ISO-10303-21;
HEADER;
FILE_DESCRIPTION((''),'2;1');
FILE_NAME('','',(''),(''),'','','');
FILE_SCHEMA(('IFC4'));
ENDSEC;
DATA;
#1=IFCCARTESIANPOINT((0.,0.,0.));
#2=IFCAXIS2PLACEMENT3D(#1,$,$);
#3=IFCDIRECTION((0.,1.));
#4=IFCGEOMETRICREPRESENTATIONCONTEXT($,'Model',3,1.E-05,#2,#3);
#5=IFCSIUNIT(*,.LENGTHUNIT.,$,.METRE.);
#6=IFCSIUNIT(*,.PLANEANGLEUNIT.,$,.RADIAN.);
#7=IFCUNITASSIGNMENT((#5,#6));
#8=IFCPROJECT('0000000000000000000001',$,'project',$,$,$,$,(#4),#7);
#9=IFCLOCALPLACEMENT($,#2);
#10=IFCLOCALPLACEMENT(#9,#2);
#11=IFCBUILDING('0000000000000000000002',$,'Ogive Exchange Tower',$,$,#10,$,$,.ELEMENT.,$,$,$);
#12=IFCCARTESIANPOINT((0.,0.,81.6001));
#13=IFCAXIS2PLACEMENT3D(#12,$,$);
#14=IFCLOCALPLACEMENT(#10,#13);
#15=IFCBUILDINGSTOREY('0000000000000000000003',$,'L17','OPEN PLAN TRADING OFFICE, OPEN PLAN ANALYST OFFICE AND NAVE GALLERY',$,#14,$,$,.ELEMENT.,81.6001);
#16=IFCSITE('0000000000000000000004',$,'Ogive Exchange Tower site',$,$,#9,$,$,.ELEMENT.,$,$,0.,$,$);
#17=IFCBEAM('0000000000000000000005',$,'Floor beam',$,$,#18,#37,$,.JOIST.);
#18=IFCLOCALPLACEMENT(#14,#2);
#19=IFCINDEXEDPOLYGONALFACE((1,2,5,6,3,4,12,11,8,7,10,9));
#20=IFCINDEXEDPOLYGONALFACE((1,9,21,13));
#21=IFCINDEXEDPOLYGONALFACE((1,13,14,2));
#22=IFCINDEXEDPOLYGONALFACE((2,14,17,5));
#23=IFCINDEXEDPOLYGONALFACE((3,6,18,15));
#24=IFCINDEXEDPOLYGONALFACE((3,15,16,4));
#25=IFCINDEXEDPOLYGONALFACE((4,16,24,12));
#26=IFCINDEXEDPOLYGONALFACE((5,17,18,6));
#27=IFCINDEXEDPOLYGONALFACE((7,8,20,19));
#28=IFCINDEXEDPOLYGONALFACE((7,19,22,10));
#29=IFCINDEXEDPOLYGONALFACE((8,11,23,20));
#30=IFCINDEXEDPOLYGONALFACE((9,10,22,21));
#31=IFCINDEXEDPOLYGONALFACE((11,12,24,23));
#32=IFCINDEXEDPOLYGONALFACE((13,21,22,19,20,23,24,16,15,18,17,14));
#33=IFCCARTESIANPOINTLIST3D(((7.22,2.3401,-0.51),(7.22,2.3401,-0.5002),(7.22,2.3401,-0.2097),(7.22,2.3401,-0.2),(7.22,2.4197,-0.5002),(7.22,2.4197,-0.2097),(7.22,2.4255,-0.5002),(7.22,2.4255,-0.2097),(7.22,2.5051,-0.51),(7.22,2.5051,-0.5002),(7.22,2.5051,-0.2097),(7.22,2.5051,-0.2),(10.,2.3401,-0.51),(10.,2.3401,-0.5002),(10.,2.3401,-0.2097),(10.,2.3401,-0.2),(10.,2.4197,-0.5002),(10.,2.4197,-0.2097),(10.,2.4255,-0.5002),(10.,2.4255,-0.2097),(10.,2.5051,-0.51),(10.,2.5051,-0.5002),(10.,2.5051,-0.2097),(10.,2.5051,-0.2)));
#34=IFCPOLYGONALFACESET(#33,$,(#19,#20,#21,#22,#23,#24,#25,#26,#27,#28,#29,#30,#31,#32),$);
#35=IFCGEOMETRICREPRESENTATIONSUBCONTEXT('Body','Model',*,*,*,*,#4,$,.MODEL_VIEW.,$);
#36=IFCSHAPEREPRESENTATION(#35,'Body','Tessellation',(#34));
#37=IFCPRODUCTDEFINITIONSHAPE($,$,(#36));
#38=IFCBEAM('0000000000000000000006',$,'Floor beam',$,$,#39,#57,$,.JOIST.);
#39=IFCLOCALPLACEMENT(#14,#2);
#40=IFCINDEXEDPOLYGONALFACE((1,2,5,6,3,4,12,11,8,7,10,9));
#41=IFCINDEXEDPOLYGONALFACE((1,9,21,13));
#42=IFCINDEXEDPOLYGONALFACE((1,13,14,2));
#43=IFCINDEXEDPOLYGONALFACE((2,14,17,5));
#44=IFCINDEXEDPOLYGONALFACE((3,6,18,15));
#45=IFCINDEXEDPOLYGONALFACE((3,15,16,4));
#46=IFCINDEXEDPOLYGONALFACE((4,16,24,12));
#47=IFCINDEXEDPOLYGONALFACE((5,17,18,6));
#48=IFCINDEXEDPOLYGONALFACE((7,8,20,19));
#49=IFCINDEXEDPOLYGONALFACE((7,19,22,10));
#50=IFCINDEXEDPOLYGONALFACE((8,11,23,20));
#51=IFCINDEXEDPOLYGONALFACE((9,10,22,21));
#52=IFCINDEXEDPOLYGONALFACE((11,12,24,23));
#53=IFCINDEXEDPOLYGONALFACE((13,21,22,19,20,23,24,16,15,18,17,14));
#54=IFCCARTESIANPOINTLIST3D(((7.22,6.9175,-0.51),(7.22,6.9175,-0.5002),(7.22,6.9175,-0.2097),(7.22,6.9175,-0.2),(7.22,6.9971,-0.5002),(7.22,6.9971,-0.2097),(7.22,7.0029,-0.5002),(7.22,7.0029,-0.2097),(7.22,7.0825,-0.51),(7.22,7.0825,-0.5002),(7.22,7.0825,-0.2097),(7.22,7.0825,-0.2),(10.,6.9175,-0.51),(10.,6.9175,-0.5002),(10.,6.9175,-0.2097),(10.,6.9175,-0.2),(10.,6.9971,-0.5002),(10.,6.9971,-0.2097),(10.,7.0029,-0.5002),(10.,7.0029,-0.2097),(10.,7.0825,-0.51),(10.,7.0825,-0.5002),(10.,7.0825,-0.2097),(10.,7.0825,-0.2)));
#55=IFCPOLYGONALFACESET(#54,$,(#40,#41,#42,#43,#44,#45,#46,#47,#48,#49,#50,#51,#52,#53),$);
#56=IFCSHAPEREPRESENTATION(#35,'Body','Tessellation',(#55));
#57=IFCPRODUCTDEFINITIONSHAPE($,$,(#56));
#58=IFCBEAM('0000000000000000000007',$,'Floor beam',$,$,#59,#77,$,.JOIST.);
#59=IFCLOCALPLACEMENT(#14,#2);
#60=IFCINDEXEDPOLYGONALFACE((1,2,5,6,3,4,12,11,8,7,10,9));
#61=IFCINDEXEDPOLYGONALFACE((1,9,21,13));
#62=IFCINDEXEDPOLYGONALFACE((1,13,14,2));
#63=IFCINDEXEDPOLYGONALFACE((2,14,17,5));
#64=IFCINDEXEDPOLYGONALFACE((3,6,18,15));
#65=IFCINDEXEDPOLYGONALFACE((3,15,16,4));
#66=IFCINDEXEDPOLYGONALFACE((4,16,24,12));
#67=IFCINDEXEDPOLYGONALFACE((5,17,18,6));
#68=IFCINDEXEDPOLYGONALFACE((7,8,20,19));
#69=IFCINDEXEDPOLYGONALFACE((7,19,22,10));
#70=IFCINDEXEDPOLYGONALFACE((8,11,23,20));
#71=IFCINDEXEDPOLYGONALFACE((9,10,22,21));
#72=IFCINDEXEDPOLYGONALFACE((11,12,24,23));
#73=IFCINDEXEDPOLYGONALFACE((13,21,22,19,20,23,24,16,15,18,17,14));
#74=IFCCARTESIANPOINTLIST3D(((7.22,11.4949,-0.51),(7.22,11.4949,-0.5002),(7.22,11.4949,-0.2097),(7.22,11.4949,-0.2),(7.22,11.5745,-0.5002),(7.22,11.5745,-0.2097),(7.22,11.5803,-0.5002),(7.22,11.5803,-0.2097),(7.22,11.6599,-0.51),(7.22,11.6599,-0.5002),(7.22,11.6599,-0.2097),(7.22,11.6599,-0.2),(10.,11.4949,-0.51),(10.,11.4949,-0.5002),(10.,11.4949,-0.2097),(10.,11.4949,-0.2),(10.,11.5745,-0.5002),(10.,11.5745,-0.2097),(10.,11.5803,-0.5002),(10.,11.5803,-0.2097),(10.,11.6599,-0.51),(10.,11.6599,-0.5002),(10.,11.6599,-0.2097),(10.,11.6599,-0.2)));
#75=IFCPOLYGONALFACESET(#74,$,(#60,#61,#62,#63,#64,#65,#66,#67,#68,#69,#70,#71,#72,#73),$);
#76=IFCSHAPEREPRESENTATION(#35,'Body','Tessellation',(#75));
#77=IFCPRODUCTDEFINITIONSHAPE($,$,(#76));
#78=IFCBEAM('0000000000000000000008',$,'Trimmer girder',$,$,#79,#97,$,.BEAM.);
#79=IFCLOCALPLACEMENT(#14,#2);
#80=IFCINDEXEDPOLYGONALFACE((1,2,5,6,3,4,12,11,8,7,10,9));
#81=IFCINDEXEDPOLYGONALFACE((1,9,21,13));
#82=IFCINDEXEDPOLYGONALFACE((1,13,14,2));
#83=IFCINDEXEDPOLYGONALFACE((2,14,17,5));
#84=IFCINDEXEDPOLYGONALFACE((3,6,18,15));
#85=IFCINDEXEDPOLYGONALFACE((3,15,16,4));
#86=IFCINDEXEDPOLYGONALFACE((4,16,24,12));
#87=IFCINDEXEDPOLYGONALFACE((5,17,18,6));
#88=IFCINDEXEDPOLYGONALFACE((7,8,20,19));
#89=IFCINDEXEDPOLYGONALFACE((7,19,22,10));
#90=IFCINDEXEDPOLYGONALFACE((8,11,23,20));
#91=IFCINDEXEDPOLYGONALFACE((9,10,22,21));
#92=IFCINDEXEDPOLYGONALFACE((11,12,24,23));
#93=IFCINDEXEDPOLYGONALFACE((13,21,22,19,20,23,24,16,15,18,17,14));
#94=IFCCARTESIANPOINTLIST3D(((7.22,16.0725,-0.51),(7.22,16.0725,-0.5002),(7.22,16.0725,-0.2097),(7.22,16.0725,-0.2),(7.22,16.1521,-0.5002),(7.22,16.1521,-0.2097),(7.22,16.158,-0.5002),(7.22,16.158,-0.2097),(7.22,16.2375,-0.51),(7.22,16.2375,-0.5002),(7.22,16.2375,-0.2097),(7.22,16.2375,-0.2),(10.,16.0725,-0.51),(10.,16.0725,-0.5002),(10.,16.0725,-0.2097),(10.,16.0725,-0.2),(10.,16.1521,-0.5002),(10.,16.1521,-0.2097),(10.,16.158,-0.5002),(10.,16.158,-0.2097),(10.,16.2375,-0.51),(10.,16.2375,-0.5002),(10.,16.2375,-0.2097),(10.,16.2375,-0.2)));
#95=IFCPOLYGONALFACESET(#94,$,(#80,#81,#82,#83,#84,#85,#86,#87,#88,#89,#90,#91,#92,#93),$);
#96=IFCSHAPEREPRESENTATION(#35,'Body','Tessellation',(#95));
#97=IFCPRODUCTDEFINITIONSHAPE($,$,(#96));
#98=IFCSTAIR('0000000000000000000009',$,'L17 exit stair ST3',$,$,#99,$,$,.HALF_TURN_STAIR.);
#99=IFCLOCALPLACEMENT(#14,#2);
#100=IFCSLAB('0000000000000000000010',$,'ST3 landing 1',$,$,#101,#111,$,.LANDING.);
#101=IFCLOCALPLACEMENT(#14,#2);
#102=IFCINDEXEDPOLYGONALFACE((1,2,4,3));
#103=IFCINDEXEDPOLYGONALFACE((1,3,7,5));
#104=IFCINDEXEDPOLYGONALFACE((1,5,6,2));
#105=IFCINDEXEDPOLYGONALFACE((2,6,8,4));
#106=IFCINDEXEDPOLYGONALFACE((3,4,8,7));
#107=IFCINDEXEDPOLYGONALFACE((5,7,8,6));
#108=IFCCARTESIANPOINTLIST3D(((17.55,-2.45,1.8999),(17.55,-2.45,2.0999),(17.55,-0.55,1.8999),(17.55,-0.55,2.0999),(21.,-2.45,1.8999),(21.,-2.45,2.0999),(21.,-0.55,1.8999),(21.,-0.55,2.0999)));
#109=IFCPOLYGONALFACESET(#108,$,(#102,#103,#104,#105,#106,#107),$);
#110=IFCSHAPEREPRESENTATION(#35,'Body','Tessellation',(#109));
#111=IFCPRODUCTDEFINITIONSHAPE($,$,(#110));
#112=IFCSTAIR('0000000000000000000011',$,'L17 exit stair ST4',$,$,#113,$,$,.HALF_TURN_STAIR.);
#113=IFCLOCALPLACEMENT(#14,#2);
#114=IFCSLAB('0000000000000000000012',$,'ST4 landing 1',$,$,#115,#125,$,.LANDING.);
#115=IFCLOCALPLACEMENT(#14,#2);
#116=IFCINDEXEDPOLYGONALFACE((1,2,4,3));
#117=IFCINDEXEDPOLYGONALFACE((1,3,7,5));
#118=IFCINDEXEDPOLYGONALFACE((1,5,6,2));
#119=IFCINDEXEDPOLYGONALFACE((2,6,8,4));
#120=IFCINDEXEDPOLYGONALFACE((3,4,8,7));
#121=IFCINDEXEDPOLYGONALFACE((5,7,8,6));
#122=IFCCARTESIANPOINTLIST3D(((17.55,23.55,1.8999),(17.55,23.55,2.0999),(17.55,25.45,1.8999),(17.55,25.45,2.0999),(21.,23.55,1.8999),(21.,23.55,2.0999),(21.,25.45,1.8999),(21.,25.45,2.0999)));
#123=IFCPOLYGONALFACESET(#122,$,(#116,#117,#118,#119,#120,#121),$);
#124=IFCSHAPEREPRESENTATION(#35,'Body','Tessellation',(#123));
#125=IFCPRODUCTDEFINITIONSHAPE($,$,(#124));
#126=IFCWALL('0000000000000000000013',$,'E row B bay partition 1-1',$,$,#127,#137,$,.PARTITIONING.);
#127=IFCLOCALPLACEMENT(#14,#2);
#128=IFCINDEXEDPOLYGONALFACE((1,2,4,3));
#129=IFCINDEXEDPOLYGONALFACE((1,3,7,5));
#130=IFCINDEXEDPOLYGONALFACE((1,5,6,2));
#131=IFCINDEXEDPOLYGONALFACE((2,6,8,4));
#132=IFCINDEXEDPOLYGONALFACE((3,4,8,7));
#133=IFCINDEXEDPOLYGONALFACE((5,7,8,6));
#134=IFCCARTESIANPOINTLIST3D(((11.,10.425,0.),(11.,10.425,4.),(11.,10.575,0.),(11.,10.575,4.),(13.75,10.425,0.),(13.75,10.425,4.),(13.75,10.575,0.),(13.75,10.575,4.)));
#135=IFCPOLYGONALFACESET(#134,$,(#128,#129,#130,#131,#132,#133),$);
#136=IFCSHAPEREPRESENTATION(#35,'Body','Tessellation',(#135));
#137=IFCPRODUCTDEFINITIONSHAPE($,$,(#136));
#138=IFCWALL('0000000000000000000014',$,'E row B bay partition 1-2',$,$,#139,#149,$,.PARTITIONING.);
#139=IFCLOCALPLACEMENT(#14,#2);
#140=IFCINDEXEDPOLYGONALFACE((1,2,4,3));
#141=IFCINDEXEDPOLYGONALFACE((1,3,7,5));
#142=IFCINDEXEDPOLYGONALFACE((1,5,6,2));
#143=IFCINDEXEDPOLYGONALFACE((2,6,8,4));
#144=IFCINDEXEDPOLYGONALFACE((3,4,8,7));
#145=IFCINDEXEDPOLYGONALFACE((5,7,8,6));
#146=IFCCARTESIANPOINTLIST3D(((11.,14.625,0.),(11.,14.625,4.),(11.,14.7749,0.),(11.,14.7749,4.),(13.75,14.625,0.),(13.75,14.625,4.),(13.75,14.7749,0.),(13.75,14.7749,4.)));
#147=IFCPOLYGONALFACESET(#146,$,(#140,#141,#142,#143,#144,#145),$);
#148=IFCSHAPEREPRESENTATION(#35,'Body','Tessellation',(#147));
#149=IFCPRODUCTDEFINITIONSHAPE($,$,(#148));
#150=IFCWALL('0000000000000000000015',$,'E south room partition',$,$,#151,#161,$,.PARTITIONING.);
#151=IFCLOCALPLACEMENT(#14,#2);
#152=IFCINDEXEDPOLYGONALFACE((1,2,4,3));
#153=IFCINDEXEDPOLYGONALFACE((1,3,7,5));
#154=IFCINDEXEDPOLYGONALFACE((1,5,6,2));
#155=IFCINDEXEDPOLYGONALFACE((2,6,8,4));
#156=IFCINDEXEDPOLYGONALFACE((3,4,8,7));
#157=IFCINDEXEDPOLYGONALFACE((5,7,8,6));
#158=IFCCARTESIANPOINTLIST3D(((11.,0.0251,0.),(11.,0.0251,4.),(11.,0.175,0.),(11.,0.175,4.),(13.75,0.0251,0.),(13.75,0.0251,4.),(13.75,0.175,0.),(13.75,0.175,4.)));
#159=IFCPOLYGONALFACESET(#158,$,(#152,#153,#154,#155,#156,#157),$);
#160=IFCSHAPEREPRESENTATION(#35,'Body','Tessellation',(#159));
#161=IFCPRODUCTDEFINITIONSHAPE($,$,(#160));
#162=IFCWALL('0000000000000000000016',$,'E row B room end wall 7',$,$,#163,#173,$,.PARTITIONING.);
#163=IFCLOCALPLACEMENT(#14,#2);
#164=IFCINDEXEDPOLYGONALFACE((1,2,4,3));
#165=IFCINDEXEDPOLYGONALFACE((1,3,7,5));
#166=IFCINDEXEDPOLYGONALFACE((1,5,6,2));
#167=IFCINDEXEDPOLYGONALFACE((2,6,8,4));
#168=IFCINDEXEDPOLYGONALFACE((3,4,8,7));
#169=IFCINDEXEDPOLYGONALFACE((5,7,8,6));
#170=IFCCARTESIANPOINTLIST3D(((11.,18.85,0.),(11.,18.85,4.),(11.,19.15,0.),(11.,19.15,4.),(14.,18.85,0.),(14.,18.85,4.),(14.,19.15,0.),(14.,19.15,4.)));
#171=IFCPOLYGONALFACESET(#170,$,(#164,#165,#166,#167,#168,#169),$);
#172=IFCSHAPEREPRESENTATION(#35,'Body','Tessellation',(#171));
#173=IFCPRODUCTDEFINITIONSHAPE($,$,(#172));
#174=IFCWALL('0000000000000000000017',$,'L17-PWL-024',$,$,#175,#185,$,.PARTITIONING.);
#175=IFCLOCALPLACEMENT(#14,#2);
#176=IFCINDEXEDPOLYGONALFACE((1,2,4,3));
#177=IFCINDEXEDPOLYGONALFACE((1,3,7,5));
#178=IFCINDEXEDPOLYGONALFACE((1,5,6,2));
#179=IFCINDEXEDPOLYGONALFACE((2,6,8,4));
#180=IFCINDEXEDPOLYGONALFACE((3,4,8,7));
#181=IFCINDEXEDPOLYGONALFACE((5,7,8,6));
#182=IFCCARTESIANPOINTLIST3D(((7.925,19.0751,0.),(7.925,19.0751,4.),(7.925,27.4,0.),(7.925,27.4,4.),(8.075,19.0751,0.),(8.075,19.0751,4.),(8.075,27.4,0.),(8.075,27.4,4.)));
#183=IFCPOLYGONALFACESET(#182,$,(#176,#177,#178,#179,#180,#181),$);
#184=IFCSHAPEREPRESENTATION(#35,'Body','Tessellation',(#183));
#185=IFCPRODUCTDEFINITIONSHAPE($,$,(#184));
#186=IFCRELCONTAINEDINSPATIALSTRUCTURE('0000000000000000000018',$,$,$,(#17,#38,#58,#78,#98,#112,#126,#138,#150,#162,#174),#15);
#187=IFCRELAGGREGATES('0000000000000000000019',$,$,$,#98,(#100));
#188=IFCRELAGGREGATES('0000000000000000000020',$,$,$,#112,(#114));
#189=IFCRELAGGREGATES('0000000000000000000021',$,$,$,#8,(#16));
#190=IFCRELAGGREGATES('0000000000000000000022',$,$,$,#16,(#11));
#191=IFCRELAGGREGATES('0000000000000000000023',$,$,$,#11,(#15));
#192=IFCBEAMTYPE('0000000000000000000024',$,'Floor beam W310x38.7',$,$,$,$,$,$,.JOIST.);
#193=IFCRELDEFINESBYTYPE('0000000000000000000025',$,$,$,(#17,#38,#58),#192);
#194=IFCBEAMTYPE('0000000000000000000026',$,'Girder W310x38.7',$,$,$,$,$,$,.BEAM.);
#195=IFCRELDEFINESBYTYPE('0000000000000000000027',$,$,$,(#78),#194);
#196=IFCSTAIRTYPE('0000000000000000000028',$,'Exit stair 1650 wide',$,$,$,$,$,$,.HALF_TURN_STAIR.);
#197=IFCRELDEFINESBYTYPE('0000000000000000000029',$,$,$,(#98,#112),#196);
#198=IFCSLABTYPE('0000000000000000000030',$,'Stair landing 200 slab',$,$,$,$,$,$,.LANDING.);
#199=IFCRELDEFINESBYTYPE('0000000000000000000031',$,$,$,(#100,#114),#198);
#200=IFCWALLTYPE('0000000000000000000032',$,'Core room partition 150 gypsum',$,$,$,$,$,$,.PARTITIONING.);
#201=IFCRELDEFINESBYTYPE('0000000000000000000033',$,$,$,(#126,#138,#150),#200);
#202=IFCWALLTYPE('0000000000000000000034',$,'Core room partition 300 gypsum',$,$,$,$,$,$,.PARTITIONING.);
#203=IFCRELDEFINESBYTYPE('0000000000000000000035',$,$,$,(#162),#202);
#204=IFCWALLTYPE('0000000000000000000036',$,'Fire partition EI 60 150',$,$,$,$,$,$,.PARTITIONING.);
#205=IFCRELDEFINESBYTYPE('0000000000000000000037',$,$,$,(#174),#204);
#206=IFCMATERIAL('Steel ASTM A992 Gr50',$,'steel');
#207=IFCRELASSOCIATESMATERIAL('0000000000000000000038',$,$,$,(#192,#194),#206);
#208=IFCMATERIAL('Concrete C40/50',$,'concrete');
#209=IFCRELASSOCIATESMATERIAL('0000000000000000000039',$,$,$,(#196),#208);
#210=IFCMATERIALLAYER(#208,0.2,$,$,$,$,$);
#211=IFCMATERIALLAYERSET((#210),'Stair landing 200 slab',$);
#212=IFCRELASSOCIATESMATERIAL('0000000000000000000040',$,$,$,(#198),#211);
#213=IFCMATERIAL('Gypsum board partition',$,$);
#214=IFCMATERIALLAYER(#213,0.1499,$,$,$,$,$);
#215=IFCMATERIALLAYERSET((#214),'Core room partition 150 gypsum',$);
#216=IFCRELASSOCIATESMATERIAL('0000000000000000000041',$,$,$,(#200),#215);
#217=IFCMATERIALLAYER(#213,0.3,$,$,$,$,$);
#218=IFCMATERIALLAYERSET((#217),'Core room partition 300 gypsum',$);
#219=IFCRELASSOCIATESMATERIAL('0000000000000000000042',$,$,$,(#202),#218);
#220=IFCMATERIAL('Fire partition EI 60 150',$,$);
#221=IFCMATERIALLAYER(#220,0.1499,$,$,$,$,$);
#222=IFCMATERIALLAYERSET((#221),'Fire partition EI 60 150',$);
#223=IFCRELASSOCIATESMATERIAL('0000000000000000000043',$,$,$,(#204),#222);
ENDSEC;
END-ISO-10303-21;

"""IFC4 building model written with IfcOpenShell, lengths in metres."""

from ifc_helpers import new_model, si_unit, direction, frame, frame_2d, origin, origin_2d, place, context, subcontext, project, spatial, polyline, rectangle, i_section, outline, extrude, material, layer, layer_set, material_profile, profile_set, type_object, element, aggregate, save


model = new_model("IFC4")

# Units and contexts
model_context = context("Model", 3, precision=1e-05, world=origin(), true_north=direction((0.0, 1.0)))
body_context = subcontext(model_context, "Body", "Model", "MODEL_VIEW")
ifc_project = project(units=[si_unit("LENGTHUNIT", "METRE"), si_unit("PLANEANGLEUNIT", "RADIAN")], contexts=[model_context])

# Site, building, storey
site_placement = place(None, origin())
site = spatial("IfcSite", under=ifc_project, at=site_placement, Name="Ogive Exchange Tower site", CompositionType="ELEMENT", RefElevation=0.0)
building_placement = place(site_placement, origin())
building = spatial("IfcBuilding", under=site, at=building_placement, Name="Ogive Exchange Tower", CompositionType="ELEMENT")
storey_placement = place(building_placement, frame((0.0, 0.0, 81.6001)))
storey = spatial("IfcBuildingStorey", under=building, at=storey_placement, Name="L17", Description="OPEN PLAN TRADING OFFICE, OPEN PLAN ANALYST OFFICE AND NAVE GALLERY", CompositionType="ELEMENT", Elevation=81.6001)

# Beams
ifc_material_1 = material(Name="Steel ASTM A992 Gr50", Category="steel")
ifc_material_profile_1 = material_profile(ifc_material_1, i_section(OverallWidth=0.165, OverallDepth=0.3101, WebThickness=0.0059, FlangeThickness=0.0098, at=origin_2d()), Name="W310x38.7")
ifc_profile_set_1 = profile_set([ifc_material_profile_1], Name="Steel ASTM A992 Gr50")
beam_type_1 = type_object("IfcBeamType", Name="Floor beam W310x38.7", PredefinedType="JOIST", material=ifc_profile_set_1)
for number, where, z_axis, x_axis, name in (
    (1, (7.22, 2.4226, -0.355), (1.0, 0.0, 0.0), (0.0, 1.0, 0.0), "Floor beam"),
    (2, (7.22, 7.0, -0.355), (1.0, 0.0, 0.0), (0.0, 1.0, 0.0), "Floor beam"),
    (3, (7.22, 11.5774, -0.355), (1.0, 0.0, 0.0), (0.0, 1.0, 0.0), "Floor beam"),
):
    element("IfcBeam", number, at=place(storey_placement, frame(where, z_axis=z_axis, x_axis=x_axis)), inside=storey, type_object=beam_type_1, Name=name, PredefinedType="JOIST", context=body_context, shape_type="SweptSolid", body=[
        extrude(i_section(OverallWidth=0.165, OverallDepth=0.3101, WebThickness=0.0059, FlangeThickness=0.0098, at=origin_2d()), origin(), (0.0, 0.0, 1.0), 2.78),
    ])
ifc_material_profile_2 = material_profile(ifc_material_1, i_section(OverallWidth=0.165, OverallDepth=0.3101, WebThickness=0.0059, FlangeThickness=0.0098, at=origin_2d()), Name="W310x38.7")
ifc_profile_set_2 = profile_set([ifc_material_profile_2], Name="Steel ASTM A992 Gr50")
beam_type_2 = type_object("IfcBeamType", Name="Girder W310x38.7", PredefinedType="BEAM", material=ifc_profile_set_2)
beam_placement = place(storey_placement, frame((7.22, 16.155, -0.355), z_axis=(1.0, 0.0, 0.0), x_axis=(0.0, 1.0, 0.0)))
element("IfcBeam", 4, at=beam_placement, inside=storey, type_object=beam_type_2, Name="Trimmer girder", PredefinedType="BEAM", context=body_context, shape_type="SweptSolid", body=[
    extrude(i_section(OverallWidth=0.165, OverallDepth=0.3101, WebThickness=0.0059, FlangeThickness=0.0098, at=origin_2d()), origin(), (0.0, 0.0, 1.0), 2.78),
])

# Stairs, slabs
ifc_material_2 = material(Name="Concrete C40/50", Category="concrete")
stair_type = type_object("IfcStairType", Name="Exit stair 1650 wide", PredefinedType="HALF_TURN_STAIR", material=ifc_material_2)
stair_1_placement = place(storey_placement, origin())
stair_1 = element("IfcStair", 5, at=stair_1_placement, inside=storey, type_object=stair_type, Name="L17 exit stair ST3", PredefinedType="HALF_TURN_STAIR")
ifc_layer_1 = layer(ifc_material_2, 0.2)
ifc_layer_set_1 = layer_set([ifc_layer_1], Name="Stair landing 200 slab")
slab_type = type_object("IfcSlabType", Name="Stair landing 200 slab", PredefinedType="LANDING", material=ifc_layer_set_1)
slab_1_placement = place(storey_placement, frame((0.0, 0.0, 1.8999)))
slab_1 = element("IfcSlab", 6, at=slab_1_placement, type_object=slab_type, Name="ST3 landing 1", PredefinedType="LANDING", context=body_context, shape_type="SweptSolid", body=[
    extrude(outline(polyline([(17.55, -0.55), (17.55, -2.45), (21.0, -2.45), (21.0, -0.55), (17.55, -0.55)])), origin(), (0.0, 0.0, 1.0), 0.2),
])
aggregate(stair_1, [slab_1])
stair_2_placement = place(storey_placement, origin())
stair_2 = element("IfcStair", 7, at=stair_2_placement, inside=storey, type_object=stair_type, Name="L17 exit stair ST4", PredefinedType="HALF_TURN_STAIR")
slab_2_placement = place(storey_placement, frame((0.0, 0.0, 1.8999)))
slab_2 = element("IfcSlab", 8, at=slab_2_placement, type_object=slab_type, Name="ST4 landing 1", PredefinedType="LANDING", context=body_context, shape_type="SweptSolid", body=[
    extrude(outline(polyline([(21.0, 23.55), (21.0, 25.45), (17.55, 25.45), (17.55, 23.55), (21.0, 23.55)])), origin(), (0.0, 0.0, 1.0), 0.2),
])
aggregate(stair_2, [slab_2])

# Walls
ifc_material_3 = material(Name="Gypsum board partition")
ifc_layer_2 = layer(ifc_material_3, 0.1499)
ifc_layer_set_2 = layer_set([ifc_layer_2], Name="Core room partition 150 gypsum")
wall_type_1 = type_object("IfcWallType", Name="Core room partition 150 gypsum", PredefinedType="PARTITIONING", material=ifc_layer_set_2)
for number, where, z_axis, x_axis, name in (
    (9, (11.0, 10.5, 0.0), (0.0, 0.0, 1.0), (1.0, 0.0, 0.0), "E row B bay partition 1-1"),
    (10, (11.0, 14.7, 0.0), (0.0, 0.0, 1.0), (1.0, 0.0, 0.0), "E row B bay partition 1-2"),
    (11, (11.0, 0.1001, 0.0), (0.0, 0.0, 1.0), (1.0, 0.0, 0.0), "E south room partition"),
):
    element("IfcWall", number, at=place(storey_placement, frame(where, z_axis=z_axis, x_axis=x_axis)), inside=storey, type_object=wall_type_1, Name=name, PredefinedType="PARTITIONING", context=body_context, shape_type="SweptSolid", body=[
        extrude(rectangle(XDim=2.75, YDim=0.1499, at=frame_2d((1.375, 0.0))), origin(), (0.0, 0.0, 1.0), 4.0),
    ])
ifc_layer_3 = layer(ifc_material_3, 0.3)
ifc_layer_set_3 = layer_set([ifc_layer_3], Name="Core room partition 300 gypsum")
wall_type_2 = type_object("IfcWallType", Name="Core room partition 300 gypsum", PredefinedType="PARTITIONING", material=ifc_layer_set_3)
wall_1_placement = place(storey_placement, frame((11.0, 19.0, 0.0), z_axis=(0.0, 0.0, 1.0), x_axis=(1.0, 0.0, 0.0)))
element("IfcWall", 12, at=wall_1_placement, inside=storey, type_object=wall_type_2, Name="E row B room end wall 7", PredefinedType="PARTITIONING", context=body_context, shape_type="SweptSolid", body=[
    extrude(rectangle(XDim=3.0, YDim=0.3, at=frame_2d((1.5, 0.0))), origin(), (0.0, 0.0, 1.0), 4.0),
])
ifc_material_4 = material(Name="Fire partition EI 60 150")
ifc_layer_4 = layer(ifc_material_4, 0.1499)
ifc_layer_set_4 = layer_set([ifc_layer_4], Name="Fire partition EI 60 150")
wall_type_3 = type_object("IfcWallType", Name="Fire partition EI 60 150", PredefinedType="PARTITIONING", material=ifc_layer_set_4)
wall_2_placement = place(storey_placement, frame((8.0, 19.075, 0.0), z_axis=(0.0, 0.0, 1.0), x_axis=(0.0, 1.0, 0.0)))
element("IfcWall", 13, at=wall_2_placement, inside=storey, type_object=wall_type_3, Name="L17-PWL-024", PredefinedType="PARTITIONING", context=body_context, shape_type="SweptSolid", body=[
    extrude(rectangle(XDim=8.325, YDim=0.1499, at=frame_2d((4.1626, 0.0))), origin(), (0.0, 0.0, 1.0), 4.0),
])

save(model, "model.ifc")
